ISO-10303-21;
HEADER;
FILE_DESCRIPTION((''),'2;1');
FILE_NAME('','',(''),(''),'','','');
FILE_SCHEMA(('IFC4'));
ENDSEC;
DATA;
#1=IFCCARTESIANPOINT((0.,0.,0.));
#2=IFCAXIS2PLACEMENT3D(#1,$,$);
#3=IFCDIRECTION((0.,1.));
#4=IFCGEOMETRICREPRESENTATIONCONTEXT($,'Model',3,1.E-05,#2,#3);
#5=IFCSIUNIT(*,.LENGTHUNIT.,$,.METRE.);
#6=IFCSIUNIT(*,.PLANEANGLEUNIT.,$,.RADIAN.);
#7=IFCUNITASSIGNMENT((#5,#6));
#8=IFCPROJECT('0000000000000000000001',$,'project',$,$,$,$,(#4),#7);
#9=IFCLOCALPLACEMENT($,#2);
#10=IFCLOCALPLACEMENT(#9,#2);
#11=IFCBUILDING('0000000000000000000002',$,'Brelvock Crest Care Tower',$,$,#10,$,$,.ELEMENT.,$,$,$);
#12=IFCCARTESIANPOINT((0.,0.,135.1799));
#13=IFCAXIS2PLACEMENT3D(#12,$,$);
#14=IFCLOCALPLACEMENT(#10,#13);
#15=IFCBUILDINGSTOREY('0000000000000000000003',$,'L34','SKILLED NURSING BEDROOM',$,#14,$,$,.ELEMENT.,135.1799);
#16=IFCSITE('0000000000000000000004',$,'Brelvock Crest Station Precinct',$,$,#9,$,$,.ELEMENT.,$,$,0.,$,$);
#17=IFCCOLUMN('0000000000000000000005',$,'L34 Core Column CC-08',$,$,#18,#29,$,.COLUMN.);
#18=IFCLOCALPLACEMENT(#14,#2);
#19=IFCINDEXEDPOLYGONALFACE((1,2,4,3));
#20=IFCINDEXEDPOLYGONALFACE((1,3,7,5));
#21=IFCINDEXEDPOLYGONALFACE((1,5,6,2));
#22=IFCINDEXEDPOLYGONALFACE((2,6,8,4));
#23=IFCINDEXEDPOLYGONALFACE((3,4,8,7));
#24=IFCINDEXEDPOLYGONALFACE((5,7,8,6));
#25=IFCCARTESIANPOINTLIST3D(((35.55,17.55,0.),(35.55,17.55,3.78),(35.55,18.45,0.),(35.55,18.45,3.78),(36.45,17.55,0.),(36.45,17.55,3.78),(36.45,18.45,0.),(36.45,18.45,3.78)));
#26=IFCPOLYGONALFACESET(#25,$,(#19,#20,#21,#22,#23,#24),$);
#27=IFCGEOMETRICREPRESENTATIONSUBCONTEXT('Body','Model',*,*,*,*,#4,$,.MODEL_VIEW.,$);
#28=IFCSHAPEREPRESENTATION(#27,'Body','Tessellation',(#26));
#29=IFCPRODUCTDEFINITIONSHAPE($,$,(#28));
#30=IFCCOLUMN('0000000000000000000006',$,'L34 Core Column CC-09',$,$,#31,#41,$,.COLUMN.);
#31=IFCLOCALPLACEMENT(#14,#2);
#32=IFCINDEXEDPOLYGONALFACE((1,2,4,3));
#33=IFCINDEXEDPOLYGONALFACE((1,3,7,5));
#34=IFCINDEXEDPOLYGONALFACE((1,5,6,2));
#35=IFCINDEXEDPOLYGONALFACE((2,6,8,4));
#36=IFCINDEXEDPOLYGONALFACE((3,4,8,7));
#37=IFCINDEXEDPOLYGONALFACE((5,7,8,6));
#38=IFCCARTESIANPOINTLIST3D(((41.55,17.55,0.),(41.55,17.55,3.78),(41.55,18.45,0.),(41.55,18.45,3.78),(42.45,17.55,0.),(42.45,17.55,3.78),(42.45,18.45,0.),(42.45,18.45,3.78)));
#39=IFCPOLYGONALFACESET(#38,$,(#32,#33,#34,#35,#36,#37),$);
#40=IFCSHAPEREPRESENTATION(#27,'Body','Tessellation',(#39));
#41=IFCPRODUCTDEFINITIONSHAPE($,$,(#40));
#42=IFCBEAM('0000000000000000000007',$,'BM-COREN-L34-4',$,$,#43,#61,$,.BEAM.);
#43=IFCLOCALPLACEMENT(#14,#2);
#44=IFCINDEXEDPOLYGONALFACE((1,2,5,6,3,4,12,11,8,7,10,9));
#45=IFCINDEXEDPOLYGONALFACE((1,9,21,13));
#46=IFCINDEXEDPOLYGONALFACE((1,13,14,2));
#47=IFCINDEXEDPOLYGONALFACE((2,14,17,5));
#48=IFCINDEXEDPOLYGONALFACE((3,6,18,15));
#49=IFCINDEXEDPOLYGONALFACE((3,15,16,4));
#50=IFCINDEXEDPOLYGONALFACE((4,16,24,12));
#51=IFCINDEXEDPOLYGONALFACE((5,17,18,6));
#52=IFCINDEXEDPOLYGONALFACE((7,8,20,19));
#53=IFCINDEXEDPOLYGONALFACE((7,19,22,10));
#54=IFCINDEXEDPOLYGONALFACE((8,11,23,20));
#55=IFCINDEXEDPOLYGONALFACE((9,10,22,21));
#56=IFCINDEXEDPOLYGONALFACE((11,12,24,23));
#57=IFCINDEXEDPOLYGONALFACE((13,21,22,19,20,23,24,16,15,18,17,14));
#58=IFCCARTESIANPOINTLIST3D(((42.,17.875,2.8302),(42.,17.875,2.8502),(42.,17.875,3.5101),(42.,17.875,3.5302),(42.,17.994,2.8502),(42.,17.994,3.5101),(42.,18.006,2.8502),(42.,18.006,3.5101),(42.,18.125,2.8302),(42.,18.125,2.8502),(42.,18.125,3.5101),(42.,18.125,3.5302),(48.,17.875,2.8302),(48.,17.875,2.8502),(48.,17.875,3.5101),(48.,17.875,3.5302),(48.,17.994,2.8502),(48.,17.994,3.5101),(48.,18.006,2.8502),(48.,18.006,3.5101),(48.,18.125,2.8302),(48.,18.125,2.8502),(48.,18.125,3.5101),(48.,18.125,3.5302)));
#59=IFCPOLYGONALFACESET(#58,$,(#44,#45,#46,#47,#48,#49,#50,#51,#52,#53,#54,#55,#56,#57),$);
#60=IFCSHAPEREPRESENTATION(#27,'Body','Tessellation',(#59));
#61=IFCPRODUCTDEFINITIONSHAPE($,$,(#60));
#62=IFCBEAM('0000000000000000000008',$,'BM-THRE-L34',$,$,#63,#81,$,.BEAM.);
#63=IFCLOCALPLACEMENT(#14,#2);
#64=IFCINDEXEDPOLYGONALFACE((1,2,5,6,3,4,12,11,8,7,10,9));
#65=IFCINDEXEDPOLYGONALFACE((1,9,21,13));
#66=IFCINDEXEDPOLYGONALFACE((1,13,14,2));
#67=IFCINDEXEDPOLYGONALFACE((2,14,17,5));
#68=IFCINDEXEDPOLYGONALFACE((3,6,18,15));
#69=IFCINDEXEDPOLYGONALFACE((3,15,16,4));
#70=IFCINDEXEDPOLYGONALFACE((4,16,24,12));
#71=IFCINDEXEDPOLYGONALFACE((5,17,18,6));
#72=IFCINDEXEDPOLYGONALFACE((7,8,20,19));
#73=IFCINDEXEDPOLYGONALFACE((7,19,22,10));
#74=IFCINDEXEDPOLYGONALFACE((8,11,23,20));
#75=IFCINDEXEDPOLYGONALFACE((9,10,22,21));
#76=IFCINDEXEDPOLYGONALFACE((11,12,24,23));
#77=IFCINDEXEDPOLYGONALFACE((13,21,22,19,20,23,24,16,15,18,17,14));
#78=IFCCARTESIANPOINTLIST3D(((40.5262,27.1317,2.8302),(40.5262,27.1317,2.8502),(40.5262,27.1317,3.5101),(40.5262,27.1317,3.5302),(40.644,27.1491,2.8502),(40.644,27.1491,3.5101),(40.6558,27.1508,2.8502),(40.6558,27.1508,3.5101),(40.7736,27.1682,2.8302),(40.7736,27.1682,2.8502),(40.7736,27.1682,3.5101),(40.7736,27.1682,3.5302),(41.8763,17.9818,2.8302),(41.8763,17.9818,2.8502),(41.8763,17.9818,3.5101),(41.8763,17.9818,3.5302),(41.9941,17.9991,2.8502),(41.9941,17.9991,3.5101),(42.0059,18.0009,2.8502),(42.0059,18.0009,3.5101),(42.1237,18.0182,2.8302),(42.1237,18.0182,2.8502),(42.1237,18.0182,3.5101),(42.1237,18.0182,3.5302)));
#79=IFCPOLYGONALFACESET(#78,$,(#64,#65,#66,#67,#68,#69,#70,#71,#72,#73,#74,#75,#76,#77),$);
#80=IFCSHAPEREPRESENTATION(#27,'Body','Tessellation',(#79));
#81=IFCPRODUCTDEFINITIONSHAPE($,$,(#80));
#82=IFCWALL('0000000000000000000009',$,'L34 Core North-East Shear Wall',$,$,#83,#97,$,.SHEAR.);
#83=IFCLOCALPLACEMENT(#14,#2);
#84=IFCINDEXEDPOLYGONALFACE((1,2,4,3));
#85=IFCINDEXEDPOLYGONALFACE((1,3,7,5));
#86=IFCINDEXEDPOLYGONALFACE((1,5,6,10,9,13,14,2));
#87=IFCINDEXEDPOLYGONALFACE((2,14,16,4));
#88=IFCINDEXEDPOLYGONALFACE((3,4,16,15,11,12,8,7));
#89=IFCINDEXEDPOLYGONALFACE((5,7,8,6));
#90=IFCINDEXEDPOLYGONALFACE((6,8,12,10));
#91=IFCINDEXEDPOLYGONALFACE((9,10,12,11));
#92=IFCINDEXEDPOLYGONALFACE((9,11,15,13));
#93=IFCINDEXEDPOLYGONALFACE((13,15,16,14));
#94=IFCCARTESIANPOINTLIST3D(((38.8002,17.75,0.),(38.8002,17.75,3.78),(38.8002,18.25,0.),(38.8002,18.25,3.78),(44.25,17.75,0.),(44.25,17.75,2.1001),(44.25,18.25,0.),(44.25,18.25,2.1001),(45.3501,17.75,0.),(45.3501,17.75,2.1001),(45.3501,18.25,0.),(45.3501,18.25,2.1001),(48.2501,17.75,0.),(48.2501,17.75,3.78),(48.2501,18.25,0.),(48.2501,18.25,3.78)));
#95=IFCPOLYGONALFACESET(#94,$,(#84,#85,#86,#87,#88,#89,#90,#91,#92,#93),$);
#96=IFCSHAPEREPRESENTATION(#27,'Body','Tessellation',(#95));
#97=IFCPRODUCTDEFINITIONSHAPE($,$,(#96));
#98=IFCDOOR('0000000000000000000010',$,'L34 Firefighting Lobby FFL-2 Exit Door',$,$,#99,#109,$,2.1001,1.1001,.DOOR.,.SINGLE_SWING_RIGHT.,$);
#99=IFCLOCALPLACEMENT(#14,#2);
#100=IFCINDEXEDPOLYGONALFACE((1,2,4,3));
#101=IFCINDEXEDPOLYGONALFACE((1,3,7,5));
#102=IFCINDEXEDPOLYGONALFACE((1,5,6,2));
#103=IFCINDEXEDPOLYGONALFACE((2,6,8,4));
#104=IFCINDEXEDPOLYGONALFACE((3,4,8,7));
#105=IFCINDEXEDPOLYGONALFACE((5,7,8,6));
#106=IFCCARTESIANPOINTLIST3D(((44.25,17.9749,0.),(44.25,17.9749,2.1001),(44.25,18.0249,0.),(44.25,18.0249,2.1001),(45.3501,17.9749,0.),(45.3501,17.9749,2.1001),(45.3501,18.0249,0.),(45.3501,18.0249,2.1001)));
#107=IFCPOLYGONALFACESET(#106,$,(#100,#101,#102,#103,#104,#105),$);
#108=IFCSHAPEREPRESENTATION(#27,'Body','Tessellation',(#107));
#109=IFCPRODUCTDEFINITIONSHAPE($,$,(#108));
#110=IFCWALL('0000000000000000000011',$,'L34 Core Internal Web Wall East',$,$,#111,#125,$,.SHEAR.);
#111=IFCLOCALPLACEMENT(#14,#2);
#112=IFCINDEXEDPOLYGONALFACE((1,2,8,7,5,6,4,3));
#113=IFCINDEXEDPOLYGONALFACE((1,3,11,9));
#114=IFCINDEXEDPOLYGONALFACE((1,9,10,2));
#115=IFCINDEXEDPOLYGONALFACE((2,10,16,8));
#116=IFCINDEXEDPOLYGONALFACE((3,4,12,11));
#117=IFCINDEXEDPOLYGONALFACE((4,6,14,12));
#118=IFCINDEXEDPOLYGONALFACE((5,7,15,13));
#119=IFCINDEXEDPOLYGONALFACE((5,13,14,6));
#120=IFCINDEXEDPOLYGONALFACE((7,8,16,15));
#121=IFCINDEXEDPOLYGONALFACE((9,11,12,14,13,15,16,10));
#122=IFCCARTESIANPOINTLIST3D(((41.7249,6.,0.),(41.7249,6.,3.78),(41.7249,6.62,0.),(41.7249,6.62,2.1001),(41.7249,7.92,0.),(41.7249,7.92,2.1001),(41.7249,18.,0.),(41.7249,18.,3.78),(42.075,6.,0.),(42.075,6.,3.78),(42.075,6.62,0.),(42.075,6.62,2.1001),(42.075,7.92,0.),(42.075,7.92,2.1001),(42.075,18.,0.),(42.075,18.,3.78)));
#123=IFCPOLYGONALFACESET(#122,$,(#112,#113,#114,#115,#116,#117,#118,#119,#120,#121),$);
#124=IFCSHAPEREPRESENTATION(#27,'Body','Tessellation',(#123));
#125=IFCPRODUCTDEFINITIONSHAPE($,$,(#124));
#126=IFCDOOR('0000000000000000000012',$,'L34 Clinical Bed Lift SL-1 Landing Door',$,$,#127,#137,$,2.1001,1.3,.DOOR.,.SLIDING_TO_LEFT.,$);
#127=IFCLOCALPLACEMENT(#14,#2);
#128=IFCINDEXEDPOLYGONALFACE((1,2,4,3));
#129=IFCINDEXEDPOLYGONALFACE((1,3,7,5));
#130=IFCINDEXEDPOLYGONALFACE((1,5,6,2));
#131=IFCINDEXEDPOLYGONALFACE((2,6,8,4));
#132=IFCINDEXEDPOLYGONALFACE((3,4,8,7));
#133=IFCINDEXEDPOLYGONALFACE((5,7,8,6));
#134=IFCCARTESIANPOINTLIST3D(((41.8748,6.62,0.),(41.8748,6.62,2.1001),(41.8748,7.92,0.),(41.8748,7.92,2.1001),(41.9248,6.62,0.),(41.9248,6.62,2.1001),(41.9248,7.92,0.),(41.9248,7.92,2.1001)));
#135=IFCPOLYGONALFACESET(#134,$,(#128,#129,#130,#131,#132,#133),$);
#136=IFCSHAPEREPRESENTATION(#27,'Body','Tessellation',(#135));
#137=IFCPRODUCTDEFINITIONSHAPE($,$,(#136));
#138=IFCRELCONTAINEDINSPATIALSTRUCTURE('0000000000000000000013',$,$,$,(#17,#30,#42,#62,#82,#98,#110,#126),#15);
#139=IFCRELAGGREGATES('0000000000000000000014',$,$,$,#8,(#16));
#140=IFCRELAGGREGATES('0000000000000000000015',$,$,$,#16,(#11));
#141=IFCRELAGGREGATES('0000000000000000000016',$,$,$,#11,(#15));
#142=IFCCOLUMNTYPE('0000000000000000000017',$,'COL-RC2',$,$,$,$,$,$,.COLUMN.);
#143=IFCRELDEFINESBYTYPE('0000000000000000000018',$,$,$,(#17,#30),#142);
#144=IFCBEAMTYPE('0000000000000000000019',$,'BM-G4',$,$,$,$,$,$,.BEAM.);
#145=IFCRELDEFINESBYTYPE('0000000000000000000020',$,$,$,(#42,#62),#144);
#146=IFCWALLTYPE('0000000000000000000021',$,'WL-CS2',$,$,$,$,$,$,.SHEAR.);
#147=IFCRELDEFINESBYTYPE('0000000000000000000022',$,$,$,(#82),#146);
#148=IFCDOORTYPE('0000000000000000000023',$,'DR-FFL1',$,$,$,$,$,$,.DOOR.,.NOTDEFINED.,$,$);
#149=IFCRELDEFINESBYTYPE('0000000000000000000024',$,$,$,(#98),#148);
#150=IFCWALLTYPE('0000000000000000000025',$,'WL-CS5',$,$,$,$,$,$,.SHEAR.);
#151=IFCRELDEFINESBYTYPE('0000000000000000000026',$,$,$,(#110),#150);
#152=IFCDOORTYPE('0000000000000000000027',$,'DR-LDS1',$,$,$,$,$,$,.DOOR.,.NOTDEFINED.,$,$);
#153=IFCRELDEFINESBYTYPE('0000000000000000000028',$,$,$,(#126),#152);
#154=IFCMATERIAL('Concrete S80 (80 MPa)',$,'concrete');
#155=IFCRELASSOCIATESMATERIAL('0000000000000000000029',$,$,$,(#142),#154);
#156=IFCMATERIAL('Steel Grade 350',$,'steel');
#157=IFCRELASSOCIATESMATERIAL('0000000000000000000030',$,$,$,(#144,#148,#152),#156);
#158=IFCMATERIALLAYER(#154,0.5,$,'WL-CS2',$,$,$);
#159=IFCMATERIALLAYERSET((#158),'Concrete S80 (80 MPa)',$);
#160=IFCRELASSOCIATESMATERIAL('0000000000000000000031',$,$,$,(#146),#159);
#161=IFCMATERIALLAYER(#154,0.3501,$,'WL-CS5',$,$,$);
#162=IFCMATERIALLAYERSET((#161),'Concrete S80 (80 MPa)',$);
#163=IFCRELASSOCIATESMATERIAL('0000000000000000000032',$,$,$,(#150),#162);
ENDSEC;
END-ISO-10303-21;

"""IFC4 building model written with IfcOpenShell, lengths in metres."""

from ifc_helpers import new_model, si_unit, direction, frame, frame_2d, origin, origin_2d, place, context, subcontext, project, spatial, rectangle, i_section, extrude, source, transform, mapped, material, layer, layer_set, material_profile, profile_set, type_object, element, fill, save


model = new_model("IFC4")

# Units and contexts
model_context = context("Model", 3, precision=1e-05, world=origin(), true_north=direction((0.0, 1.0)))
body_context = subcontext(model_context, "Body", "Model", "MODEL_VIEW")
ifc_project = project(units=[si_unit("LENGTHUNIT", "METRE"), si_unit("PLANEANGLEUNIT", "RADIAN")], contexts=[model_context])

# Site, building, storey
site_placement = place(None, origin())
site = spatial("IfcSite", under=ifc_project, at=site_placement, Name="Brelvock Crest Station Precinct", CompositionType="ELEMENT", RefElevation=0.0)
building_placement = place(site_placement, origin())
building = spatial("IfcBuilding", under=site, at=building_placement, Name="Brelvock Crest Care Tower", CompositionType="ELEMENT")
storey_placement = place(building_placement, frame((0.0, 0.0, 135.1799)))
storey = spatial("IfcBuildingStorey", under=building, at=storey_placement, Name="L34", Description="SKILLED NURSING BEDROOM", CompositionType="ELEMENT", Elevation=135.1799)

# Columns
ifc_material_1 = material(Name="Concrete S80 (80 MPa)", Category="concrete")
ifc_material_profile_1 = material_profile(ifc_material_1, rectangle(XDim=0.8999, YDim=0.8999, at=origin_2d()), Name="RC900x900")
ifc_profile_set_1 = profile_set([ifc_material_profile_1], Name="Concrete S80 (80 MPa)")
column_type = type_object("IfcColumnType", Name="COL-RC2", PredefinedType="COLUMN", material=ifc_profile_set_1)
shared_shape_1 = source(origin(), body_context, "Body", "SweptSolid", [
    extrude(rectangle(XDim=0.8999, YDim=0.8999, at=origin_2d()), origin(), (0.0, 0.0, 1.0), 3.78),
])
for number, where, z_axis, x_axis, name in (
    (1, (36.0, 18.0, 0.0), (0.0, 0.0, 1.0), (1.0, 0.0, 0.0), "L34 Core Column CC-08"),
    (2, (42.0, 18.0, 0.0), (0.0, 0.0, 1.0), (1.0, 0.0, 0.0), "L34 Core Column CC-09"),
):
    element("IfcColumn", number, at=place(storey_placement, frame(where, z_axis=z_axis, x_axis=x_axis)), inside=storey, type_object=column_type, Name=name, PredefinedType="COLUMN", context=body_context, shape_type="MappedRepresentation", body=[
        mapped(shared_shape_1, transform((0.0, 0.0, 0.0), x_axis=(1.0, 0.0, 0.0), y_axis=(0.0, 1.0, 0.0), z_axis=(0.0, 0.0, 1.0), scale=1.0)),
    ])

# Beams
ifc_material_2 = material(Name="Steel Grade 350", Category="steel")
ifc_material_profile_2 = material_profile(ifc_material_2, i_section(OverallWidth=0.25, OverallDepth=0.7, WebThickness=0.012, FlangeThickness=0.02, at=origin_2d()), Name="700WB150")
ifc_profile_set_2 = profile_set([ifc_material_profile_2], Name="Steel Grade 350")
beam_type = type_object("IfcBeamType", Name="BM-G4", PredefinedType="BEAM", material=ifc_profile_set_2)
shared_shape_2 = source(origin(), body_context, "Body", "SweptSolid", [
    extrude(i_section(OverallWidth=0.25, OverallDepth=0.7, WebThickness=0.012, FlangeThickness=0.02, at=origin_2d()), origin(), (0.0, 0.0, 1.0), 6.0),
])
beam_1_placement = place(storey_placement, frame((42.0, 18.0, 3.1802), z_axis=(1.0, 0.0, 0.0), x_axis=(0.0, 1.0, 0.0)))
element("IfcBeam", 3, at=beam_1_placement, inside=storey, type_object=beam_type, Name="BM-COREN-L34-4", PredefinedType="BEAM", context=body_context, shape_type="MappedRepresentation", body=[
    mapped(shared_shape_2, transform((0.0, 0.0, 0.0), x_axis=(1.0, 0.0, 0.0), y_axis=(0.0, 1.0, 0.0), z_axis=(0.0, 0.0, 1.0), scale=1.0)),
])
shared_shape_3 = source(origin(), body_context, "Body", "SweptSolid", [
    extrude(i_section(OverallWidth=0.25, OverallDepth=0.7, WebThickness=0.012, FlangeThickness=0.02, at=origin_2d()), origin(), (0.0, 0.0, 1.0), 9.249),
])
beam_2_placement = place(storey_placement, frame((42.0, 18.0, 3.1802), z_axis=(-0.145973, 0.989289, 0.0), x_axis=(-0.989289, -0.145973, 0.0)))
element("IfcBeam", 4, at=beam_2_placement, inside=storey, type_object=beam_type, Name="BM-THRE-L34", PredefinedType="BEAM", context=body_context, shape_type="MappedRepresentation", body=[
    mapped(shared_shape_3, transform((0.0, 0.0, 0.0), x_axis=(1.0, 0.0, 0.0), y_axis=(0.0, 1.0, 0.0), z_axis=(0.0, 0.0, 1.0), scale=1.0)),
])

# Walls, openings, doors
ifc_layer_1 = layer(ifc_material_1, 0.5, Name="WL-CS2")
ifc_layer_set_1 = layer_set([ifc_layer_1], Name="Concrete S80 (80 MPa)")
wall_type_1 = type_object("IfcWallType", Name="WL-CS2", PredefinedType="SHEAR", material=ifc_layer_set_1)
wall_1_placement = place(storey_placement, frame((38.8, 18.0, 0.0), z_axis=(0.0, 0.0, 1.0), x_axis=(1.0, 0.0, 0.0)))
wall_1 = element("IfcWall", 5, at=wall_1_placement, inside=storey, type_object=wall_type_1, Name="L34 Core North-East Shear Wall", PredefinedType="SHEAR", context=body_context, shape_type="SweptSolid", body=[
    extrude(rectangle(XDim=9.45, YDim=0.5, at=frame_2d((4.7251, 0.0))), origin(), (0.0, 0.0, 1.0), 3.78),
])
opening_1_placement = place(wall_1_placement, frame((5.45, 0.0, 0.0)))
opening_1 = element("IfcOpeningElement", 6, at=opening_1_placement, cuts=wall_1, PredefinedType="OPENING", context=body_context, shape_type="SweptSolid", body=[
    extrude(rectangle(XDim=1.1001, YDim=2.1001, at=origin_2d()), frame((0.55, 0.26, 1.05), z_axis=(0.0, -1.0, 0.0), x_axis=(1.0, 0.0, 0.0)), (0.0, 0.0, 1.0), 0.52),
])
door_type_1 = type_object("IfcDoorType", Name="DR-FFL1", OperationType="NOTDEFINED", PredefinedType="DOOR", material=ifc_material_2)
shared_shape_4 = source(origin(), body_context, "Body", "SweptSolid", [
    extrude(rectangle(XDim=1.1001, YDim=2.1001, at=origin_2d()), frame((0.55, 0.0249, 1.05), z_axis=(0.0, -1.0, 0.0), x_axis=(1.0, 0.0, 0.0)), (0.0, 0.0, 1.0), 0.05),
])
door_1_placement = place(opening_1_placement, origin())
door_1 = element("IfcDoor", 7, at=door_1_placement, inside=storey, type_object=door_type_1, Name="L34 Firefighting Lobby FFL-2 Exit Door", OperationType="SINGLE_SWING_RIGHT", OverallHeight=2.1001, OverallWidth=1.1001, PredefinedType="DOOR", context=body_context, shape_type="MappedRepresentation", body=[
    mapped(shared_shape_4, transform((0.0, 0.0, 0.0), x_axis=(1.0, 0.0, 0.0), y_axis=(0.0, 1.0, 0.0), z_axis=(0.0, 0.0, 1.0), scale=1.0)),
])
fill(opening_1, door_1)
ifc_layer_2 = layer(ifc_material_1, 0.3501, Name="WL-CS5")
ifc_layer_set_2 = layer_set([ifc_layer_2], Name="Concrete S80 (80 MPa)")
wall_type_2 = type_object("IfcWallType", Name="WL-CS5", PredefinedType="SHEAR", material=ifc_layer_set_2)
wall_2_placement = place(storey_placement, frame((41.8999, 18.0, 0.0), z_axis=(0.0, 0.0, 1.0), x_axis=(0.0, -1.0, 0.0)))
wall_2 = element("IfcWall", 8, at=wall_2_placement, inside=storey, type_object=wall_type_2, Name="L34 Core Internal Web Wall East", PredefinedType="SHEAR", context=body_context, shape_type="SweptSolid", body=[
    extrude(rectangle(XDim=12.0, YDim=0.3501, at=frame_2d((6.0, 0.0))), origin(), (0.0, 0.0, 1.0), 3.78),
])
opening_2_placement = place(wall_2_placement, frame((10.0801, 0.0, 0.0)))
opening_2 = element("IfcOpeningElement", 9, at=opening_2_placement, cuts=wall_2, PredefinedType="OPENING", context=body_context, shape_type="SweptSolid", body=[
    extrude(rectangle(XDim=1.3, YDim=2.1001, at=origin_2d()), frame((0.6499, 0.1851, 1.05), z_axis=(0.0, -1.0, 0.0), x_axis=(1.0, 0.0, 0.0)), (0.0, 0.0, 1.0), 0.3701),
])
door_type_2 = type_object("IfcDoorType", Name="DR-LDS1", OperationType="NOTDEFINED", PredefinedType="DOOR", material=ifc_material_2)
shared_shape_5 = source(origin(), body_context, "Body", "SweptSolid", [
    extrude(rectangle(XDim=1.3, YDim=2.1001, at=origin_2d()), frame((0.6499, 0.0249, 1.05), z_axis=(0.0, -1.0, 0.0), x_axis=(1.0, 0.0, 0.0)), (0.0, 0.0, 1.0), 0.05),
])
door_2_placement = place(opening_2_placement, origin())
door_2 = element("IfcDoor", 10, at=door_2_placement, inside=storey, type_object=door_type_2, Name="L34 Clinical Bed Lift SL-1 Landing Door", OperationType="SLIDING_TO_LEFT", OverallHeight=2.1001, OverallWidth=1.3, PredefinedType="DOOR", context=body_context, shape_type="MappedRepresentation", body=[
    mapped(shared_shape_5, transform((0.0, 0.0, 0.0), x_axis=(1.0, 0.0, 0.0), y_axis=(0.0, 1.0, 0.0), z_axis=(0.0, 0.0, 1.0), scale=1.0)),
])
fill(opening_2, door_2)

save(model, "model.ifc")
